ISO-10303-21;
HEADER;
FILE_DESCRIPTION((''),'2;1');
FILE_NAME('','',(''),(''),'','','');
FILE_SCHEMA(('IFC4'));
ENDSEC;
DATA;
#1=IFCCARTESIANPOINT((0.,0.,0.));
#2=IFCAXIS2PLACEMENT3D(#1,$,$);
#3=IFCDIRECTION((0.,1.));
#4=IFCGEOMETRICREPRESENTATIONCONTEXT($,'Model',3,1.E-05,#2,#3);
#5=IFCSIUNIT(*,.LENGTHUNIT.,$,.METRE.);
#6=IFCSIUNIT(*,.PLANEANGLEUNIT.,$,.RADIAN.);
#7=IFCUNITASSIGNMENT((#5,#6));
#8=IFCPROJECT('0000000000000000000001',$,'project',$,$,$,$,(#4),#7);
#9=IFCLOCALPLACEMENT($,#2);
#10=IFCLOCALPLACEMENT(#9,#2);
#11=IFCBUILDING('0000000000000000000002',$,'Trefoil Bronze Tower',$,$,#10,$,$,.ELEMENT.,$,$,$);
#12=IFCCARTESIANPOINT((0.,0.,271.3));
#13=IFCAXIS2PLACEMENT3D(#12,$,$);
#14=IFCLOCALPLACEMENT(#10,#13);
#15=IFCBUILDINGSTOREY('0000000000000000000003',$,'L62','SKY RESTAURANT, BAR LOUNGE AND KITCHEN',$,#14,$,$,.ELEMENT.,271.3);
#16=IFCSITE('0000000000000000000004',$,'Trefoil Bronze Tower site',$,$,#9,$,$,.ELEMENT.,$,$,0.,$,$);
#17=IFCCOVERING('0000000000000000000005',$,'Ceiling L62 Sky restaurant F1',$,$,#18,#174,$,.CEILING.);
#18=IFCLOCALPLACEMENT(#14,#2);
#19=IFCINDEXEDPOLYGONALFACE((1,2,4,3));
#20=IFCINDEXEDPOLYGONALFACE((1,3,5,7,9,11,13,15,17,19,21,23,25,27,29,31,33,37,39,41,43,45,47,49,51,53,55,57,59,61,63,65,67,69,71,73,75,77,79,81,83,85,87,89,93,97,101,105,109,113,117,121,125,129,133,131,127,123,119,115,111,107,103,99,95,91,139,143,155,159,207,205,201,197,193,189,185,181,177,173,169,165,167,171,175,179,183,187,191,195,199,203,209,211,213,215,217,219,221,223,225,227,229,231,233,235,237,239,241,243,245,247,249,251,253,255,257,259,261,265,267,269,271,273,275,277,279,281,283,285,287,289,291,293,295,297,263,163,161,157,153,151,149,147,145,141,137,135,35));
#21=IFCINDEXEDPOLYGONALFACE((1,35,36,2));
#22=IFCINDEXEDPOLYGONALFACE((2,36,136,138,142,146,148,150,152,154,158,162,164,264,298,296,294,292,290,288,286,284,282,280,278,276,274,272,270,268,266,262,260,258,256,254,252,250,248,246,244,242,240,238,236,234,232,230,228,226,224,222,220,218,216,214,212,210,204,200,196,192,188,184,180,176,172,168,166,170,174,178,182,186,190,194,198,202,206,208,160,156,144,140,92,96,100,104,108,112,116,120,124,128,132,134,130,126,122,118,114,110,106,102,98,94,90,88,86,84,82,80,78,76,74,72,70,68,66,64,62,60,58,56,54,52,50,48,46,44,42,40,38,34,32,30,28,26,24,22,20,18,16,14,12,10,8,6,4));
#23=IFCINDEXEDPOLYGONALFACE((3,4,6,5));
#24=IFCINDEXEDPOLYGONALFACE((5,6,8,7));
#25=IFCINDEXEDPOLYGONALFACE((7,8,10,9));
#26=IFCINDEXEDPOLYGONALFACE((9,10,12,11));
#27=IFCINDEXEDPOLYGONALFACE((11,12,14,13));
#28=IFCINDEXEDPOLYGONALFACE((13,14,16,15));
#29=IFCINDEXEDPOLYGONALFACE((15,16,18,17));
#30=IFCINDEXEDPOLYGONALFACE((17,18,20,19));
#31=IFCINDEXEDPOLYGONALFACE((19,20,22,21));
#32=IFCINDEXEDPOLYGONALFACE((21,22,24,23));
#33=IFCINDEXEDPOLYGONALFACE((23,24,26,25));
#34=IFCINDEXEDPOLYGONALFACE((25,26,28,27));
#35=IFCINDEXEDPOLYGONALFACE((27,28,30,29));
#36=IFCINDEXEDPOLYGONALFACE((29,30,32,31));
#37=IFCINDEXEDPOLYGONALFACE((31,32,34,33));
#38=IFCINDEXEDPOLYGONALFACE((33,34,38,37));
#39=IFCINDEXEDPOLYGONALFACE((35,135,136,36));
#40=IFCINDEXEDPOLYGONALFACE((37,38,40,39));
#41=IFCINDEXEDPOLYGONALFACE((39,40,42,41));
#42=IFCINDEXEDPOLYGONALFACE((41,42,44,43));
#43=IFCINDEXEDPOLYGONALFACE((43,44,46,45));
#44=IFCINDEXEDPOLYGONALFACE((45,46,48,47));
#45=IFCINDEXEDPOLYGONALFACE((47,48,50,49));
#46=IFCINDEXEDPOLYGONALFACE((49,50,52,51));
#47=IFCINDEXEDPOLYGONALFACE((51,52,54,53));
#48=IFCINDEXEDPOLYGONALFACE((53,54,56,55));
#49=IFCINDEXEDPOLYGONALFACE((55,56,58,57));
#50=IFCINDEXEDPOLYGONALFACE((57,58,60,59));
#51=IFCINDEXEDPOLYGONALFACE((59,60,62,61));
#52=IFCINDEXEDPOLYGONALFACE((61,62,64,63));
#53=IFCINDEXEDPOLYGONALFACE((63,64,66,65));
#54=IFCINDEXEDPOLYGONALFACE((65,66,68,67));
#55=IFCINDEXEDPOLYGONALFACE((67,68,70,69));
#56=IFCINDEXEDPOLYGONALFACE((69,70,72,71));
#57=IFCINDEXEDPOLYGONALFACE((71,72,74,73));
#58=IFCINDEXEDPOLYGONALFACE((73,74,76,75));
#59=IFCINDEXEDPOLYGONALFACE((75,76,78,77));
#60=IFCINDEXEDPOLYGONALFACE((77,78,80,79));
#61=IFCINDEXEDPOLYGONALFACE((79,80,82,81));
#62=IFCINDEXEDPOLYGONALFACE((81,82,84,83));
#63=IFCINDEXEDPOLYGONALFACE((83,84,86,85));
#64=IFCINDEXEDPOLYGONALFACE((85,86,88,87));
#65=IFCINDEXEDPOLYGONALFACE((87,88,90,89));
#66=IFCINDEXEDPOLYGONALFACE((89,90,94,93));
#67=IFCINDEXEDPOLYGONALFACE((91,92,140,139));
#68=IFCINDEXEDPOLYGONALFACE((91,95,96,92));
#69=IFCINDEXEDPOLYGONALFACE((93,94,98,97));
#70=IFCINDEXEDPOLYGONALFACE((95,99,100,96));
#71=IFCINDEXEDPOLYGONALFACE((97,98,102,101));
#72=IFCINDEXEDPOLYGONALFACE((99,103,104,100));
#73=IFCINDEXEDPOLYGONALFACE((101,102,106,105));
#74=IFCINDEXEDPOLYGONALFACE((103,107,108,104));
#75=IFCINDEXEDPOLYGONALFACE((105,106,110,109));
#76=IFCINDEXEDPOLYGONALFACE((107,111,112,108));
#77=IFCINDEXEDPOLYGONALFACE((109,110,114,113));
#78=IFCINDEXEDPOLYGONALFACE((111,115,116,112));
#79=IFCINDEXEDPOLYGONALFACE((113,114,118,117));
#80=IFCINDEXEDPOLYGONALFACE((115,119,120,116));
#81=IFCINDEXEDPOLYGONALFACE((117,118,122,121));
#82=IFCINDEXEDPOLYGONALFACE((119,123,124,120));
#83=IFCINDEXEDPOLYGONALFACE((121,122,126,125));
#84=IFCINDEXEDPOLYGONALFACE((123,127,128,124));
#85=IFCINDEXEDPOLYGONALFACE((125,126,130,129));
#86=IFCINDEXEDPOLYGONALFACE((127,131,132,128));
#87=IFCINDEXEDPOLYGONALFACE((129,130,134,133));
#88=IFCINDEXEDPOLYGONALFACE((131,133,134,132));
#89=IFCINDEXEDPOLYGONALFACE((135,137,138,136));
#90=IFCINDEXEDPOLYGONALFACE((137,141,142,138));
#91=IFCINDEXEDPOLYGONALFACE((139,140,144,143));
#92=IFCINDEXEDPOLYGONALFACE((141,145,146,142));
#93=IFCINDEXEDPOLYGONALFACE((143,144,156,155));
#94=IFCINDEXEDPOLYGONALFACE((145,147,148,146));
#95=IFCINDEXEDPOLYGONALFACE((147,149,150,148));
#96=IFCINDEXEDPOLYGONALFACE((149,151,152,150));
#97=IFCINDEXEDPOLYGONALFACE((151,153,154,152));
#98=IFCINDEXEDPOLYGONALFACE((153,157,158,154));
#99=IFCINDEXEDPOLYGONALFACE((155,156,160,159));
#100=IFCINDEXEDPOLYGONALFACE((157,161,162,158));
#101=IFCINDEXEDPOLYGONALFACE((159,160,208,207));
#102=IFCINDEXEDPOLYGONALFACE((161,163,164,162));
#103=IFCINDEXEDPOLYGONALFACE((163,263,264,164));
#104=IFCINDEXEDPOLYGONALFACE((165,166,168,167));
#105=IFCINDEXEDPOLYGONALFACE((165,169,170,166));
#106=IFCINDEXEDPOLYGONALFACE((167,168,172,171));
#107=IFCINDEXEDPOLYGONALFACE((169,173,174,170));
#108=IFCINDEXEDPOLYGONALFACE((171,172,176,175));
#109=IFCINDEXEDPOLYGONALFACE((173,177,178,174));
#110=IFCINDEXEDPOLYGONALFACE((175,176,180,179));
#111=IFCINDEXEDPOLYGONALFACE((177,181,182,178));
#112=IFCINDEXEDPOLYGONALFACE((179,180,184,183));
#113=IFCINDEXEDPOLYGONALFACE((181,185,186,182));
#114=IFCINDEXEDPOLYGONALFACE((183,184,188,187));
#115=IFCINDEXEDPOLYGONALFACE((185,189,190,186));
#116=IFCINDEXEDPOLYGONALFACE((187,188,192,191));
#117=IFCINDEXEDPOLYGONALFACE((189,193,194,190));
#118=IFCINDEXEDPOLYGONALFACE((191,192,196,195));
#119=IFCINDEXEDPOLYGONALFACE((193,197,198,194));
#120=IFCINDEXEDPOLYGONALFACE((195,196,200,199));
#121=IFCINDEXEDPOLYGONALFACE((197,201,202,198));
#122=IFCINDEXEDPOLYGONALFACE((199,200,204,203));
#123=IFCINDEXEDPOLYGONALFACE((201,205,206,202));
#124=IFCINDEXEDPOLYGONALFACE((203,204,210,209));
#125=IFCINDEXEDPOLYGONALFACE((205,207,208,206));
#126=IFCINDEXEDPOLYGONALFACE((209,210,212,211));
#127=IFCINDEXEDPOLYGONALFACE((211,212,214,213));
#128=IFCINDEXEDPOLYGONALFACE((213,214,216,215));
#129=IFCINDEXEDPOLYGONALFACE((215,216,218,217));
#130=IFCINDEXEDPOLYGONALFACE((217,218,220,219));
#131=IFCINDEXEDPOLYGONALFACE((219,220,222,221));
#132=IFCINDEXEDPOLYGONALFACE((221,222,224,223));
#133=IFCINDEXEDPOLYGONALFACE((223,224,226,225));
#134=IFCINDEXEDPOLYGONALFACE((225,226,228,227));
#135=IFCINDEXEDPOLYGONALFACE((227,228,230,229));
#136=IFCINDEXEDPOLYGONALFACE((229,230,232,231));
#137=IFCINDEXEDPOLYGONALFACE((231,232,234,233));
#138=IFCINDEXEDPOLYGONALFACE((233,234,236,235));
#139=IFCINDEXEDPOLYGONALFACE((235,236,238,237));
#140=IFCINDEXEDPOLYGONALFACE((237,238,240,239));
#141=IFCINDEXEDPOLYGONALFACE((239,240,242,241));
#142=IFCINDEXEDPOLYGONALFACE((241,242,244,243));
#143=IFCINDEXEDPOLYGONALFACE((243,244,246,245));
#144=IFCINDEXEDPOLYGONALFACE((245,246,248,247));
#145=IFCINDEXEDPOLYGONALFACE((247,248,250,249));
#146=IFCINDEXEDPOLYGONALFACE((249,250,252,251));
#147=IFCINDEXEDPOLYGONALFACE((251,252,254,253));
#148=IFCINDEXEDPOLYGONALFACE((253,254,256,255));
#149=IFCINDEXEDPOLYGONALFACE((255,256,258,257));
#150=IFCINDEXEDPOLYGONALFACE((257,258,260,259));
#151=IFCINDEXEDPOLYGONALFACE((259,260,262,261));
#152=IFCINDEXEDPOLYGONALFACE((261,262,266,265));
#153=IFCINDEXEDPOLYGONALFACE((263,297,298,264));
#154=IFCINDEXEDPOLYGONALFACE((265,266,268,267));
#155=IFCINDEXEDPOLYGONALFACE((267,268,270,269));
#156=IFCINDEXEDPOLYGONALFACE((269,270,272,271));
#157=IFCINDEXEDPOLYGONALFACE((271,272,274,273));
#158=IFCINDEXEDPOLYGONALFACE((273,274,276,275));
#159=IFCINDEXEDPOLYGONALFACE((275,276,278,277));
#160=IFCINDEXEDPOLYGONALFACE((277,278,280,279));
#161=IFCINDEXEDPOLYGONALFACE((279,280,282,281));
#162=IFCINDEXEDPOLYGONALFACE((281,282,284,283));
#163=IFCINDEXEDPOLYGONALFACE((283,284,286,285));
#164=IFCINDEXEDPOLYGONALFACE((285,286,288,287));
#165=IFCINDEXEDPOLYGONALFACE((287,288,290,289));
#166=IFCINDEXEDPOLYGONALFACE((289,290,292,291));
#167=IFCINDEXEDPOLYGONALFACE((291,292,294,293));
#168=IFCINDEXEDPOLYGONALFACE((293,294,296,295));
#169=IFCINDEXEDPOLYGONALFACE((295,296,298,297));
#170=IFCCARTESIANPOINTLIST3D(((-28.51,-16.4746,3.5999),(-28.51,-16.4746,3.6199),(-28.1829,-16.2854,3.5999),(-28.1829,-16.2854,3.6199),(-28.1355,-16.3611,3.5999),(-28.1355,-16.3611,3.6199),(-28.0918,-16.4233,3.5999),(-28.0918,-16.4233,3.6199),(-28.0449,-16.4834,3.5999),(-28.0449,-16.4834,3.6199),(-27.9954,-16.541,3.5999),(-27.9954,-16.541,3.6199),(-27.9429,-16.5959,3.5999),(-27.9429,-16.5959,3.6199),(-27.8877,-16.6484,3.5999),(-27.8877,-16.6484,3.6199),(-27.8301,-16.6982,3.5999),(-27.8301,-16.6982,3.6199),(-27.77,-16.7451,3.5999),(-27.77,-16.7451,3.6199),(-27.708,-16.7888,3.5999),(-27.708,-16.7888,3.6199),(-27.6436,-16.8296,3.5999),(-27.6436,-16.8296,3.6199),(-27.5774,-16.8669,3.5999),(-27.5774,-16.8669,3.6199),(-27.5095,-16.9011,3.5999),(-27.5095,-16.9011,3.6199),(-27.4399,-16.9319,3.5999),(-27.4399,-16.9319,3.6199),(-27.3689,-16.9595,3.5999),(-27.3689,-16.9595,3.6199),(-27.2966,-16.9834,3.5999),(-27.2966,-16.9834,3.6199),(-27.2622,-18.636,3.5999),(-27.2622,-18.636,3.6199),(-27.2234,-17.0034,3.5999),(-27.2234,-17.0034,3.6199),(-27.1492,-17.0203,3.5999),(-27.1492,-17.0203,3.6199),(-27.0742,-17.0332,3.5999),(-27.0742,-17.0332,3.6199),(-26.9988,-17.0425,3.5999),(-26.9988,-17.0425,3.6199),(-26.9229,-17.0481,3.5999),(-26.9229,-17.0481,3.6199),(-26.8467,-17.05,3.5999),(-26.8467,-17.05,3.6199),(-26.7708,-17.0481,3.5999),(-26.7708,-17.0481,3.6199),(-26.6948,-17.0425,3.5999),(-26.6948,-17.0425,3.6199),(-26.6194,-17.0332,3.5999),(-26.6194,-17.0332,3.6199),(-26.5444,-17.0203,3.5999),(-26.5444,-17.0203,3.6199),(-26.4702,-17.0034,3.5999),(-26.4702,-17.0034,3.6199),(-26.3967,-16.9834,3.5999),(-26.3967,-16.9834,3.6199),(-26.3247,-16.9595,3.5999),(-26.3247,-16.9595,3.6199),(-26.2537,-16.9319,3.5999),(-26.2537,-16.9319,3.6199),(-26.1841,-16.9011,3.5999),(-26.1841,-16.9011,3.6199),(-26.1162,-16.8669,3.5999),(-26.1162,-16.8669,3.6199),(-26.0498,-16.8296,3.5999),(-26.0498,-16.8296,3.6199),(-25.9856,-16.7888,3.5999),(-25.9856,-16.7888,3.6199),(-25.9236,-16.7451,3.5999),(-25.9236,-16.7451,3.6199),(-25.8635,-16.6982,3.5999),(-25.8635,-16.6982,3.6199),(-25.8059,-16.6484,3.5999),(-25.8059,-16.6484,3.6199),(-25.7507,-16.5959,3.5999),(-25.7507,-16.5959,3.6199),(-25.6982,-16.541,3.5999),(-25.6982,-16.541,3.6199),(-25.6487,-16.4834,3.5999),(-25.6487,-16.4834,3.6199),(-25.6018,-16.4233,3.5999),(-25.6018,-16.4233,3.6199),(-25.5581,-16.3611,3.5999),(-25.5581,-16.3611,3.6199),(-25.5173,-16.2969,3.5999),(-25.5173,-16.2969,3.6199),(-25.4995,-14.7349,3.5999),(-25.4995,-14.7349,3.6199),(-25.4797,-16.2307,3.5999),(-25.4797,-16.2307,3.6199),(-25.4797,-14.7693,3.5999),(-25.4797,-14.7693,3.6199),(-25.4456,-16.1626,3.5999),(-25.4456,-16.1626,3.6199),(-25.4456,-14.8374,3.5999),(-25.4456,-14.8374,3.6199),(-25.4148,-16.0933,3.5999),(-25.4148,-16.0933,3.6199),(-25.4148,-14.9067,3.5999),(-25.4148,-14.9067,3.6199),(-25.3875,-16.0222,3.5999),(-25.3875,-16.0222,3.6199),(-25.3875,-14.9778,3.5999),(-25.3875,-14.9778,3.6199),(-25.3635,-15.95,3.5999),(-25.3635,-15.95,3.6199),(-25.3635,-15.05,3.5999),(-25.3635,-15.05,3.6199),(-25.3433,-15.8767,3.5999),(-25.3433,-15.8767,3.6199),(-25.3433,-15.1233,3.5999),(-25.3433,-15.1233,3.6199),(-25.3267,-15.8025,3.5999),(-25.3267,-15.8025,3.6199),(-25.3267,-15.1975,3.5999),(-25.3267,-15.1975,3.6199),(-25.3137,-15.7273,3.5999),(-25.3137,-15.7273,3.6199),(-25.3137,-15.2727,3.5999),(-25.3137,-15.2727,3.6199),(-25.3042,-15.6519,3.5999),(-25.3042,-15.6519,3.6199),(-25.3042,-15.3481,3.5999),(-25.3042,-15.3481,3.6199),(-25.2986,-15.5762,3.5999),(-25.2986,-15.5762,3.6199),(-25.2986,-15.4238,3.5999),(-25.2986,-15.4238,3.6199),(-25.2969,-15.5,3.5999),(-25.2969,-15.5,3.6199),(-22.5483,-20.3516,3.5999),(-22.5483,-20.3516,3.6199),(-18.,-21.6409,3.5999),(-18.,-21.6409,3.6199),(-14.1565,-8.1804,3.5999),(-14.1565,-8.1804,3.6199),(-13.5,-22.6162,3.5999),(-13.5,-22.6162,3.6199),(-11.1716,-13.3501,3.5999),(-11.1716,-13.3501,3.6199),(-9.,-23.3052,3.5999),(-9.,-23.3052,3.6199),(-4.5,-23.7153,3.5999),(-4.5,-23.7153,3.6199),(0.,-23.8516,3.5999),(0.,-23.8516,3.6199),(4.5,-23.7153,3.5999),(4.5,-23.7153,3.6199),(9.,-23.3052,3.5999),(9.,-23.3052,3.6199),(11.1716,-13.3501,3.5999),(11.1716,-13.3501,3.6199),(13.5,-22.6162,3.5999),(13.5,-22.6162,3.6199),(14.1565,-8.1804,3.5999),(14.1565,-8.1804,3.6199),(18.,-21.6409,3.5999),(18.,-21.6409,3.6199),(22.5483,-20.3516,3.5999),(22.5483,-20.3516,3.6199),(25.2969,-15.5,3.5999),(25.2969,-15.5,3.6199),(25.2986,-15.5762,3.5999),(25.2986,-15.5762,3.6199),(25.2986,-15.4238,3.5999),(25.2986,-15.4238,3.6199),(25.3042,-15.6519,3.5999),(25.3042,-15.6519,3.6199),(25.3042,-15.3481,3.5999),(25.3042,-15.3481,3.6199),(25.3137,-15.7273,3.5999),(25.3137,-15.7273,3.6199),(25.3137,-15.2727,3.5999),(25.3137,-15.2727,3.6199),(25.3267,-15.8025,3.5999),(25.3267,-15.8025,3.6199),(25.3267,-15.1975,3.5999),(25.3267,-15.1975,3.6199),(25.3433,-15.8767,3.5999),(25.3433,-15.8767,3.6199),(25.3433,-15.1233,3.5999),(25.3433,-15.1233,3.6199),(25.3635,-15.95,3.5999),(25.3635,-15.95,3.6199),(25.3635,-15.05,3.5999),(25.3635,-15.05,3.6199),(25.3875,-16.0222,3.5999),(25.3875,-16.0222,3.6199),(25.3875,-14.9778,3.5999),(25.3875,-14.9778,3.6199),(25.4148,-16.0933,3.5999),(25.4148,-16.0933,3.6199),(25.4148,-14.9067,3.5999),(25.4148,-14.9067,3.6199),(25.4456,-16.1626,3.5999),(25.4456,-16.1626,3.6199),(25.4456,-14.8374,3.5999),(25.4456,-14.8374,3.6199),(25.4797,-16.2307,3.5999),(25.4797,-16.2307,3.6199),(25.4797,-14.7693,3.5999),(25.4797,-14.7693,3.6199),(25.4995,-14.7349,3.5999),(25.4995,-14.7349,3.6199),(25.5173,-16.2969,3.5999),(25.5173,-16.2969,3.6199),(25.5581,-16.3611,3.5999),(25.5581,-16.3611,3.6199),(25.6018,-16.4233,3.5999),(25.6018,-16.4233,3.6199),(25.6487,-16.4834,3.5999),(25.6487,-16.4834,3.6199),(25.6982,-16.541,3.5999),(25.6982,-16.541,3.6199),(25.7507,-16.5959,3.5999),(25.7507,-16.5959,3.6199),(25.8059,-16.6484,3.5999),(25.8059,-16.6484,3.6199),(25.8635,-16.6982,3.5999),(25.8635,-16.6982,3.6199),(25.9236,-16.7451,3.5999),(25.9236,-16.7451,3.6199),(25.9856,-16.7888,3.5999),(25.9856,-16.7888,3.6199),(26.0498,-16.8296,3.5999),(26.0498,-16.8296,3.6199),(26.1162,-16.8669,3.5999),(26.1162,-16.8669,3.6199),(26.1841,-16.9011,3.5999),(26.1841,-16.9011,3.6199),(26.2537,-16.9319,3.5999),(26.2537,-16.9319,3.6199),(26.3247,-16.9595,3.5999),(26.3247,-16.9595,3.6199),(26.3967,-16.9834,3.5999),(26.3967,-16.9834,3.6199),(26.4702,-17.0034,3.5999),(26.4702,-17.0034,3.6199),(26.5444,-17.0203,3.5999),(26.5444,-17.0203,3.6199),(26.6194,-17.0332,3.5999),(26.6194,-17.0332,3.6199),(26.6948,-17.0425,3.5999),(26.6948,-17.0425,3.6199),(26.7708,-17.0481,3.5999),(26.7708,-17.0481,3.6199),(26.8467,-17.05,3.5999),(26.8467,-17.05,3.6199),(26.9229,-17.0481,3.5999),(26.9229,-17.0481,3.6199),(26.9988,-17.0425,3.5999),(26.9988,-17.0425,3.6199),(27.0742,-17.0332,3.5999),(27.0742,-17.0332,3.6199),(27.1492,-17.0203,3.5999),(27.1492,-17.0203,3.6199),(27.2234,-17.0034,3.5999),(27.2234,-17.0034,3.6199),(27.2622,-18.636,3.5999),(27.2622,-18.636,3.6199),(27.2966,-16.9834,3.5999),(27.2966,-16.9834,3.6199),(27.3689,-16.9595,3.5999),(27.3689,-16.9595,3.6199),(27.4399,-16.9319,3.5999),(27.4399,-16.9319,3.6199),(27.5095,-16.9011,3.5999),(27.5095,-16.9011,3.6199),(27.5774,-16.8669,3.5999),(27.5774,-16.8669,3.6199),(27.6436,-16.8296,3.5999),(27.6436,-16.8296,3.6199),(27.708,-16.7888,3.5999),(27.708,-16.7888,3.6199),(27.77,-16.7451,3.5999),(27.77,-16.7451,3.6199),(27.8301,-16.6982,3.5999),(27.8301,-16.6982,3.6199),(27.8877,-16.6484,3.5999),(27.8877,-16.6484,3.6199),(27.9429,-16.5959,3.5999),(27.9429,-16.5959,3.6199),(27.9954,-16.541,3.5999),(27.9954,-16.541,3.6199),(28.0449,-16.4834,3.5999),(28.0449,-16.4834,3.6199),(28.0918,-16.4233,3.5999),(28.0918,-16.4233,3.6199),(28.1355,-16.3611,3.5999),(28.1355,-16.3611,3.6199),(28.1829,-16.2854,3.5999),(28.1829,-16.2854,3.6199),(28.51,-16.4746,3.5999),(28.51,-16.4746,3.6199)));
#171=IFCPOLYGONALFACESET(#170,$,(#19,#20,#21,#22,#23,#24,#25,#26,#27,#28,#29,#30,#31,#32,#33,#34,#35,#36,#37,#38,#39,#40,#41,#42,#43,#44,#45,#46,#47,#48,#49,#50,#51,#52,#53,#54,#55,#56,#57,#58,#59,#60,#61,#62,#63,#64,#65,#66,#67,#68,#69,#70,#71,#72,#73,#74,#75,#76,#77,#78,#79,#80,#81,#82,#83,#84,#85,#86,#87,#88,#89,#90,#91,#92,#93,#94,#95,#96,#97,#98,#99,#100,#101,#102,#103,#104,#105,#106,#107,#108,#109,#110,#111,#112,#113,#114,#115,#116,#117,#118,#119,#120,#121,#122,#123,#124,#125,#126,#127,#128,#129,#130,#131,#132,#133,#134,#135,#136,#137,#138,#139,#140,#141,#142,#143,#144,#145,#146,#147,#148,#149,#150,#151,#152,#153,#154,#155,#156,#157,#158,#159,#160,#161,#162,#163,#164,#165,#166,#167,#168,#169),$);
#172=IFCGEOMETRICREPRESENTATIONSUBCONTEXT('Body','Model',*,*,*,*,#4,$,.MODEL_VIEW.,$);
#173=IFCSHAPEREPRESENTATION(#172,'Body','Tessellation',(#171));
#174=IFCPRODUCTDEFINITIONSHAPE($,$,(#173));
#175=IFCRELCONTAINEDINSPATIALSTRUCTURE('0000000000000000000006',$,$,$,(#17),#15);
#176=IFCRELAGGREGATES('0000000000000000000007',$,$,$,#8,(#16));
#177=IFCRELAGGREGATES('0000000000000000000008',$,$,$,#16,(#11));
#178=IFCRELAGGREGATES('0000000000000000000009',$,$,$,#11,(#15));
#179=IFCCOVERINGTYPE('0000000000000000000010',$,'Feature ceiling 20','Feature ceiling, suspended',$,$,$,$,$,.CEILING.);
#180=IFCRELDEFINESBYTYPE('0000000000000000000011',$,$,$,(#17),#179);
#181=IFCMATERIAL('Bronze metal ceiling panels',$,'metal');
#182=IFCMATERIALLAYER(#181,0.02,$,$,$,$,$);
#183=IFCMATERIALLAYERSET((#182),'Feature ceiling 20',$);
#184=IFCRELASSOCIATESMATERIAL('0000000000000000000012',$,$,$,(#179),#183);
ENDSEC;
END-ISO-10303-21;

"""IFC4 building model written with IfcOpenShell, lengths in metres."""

from ifc_helpers import new_model, si_unit, direction, frame, origin, place, context, subcontext, project, spatial, polyline, outline, extrude, material, layer, layer_set, type_object, element, save


model = new_model("IFC4")

# Units and contexts
model_context = context("Model", 3, precision=1e-05, world=origin(), true_north=direction((0.0, 1.0)))
body_context = subcontext(model_context, "Body", "Model", "MODEL_VIEW")
ifc_project = project(units=[si_unit("LENGTHUNIT", "METRE"), si_unit("PLANEANGLEUNIT", "RADIAN")], contexts=[model_context])

# Site, building, storey
site_placement = place(None, origin())
site = spatial("IfcSite", under=ifc_project, at=site_placement, Name="Trefoil Bronze Tower site", CompositionType="ELEMENT", RefElevation=0.0)
building_placement = place(site_placement, origin())
building = spatial("IfcBuilding", under=site, at=building_placement, Name="Trefoil Bronze Tower", CompositionType="ELEMENT")
storey_placement = place(building_placement, frame((0.0, 0.0, 271.3)))
storey = spatial("IfcBuildingStorey", under=building, at=storey_placement, Name="L62", Description="SKY RESTAURANT, BAR LOUNGE AND KITCHEN", CompositionType="ELEMENT", Elevation=271.3)

# Covering
ifc_material_1 = material(Name="Bronze metal ceiling panels", Category="metal")
ifc_layer_1 = layer(ifc_material_1, 0.02)
ifc_layer_set_1 = layer_set([ifc_layer_1], Name="Feature ceiling 20")
covering_type = type_object("IfcCoveringType", Name="Feature ceiling 20", Description="Feature ceiling, suspended", PredefinedType="CEILING", material=ifc_layer_set_1)
covering_placement = place(storey_placement, frame((0.0, 0.0, 3.5999)))
element("IfcCovering", 1, at=covering_placement, inside=storey, type_object=covering_type, Name="Ceiling L62 Sky restaurant F1", PredefinedType="CEILING", context=body_context, shape_type="SweptSolid", body=[
    extrude(outline(polyline([(-28.1355, -16.3611), (-28.0918, -16.4233), (-28.0449, -16.4834), (-27.9954, -16.541), (-27.9429, -16.5959), (-27.8877, -16.6484), (-27.8301, -16.6982), (-27.77, -16.7451), (-27.708, -16.7888), (-27.6436, -16.8296), (-27.5774, -16.8669), (-27.5095, -16.9011), (-27.4399, -16.9319), (-27.3689, -16.9595), (-27.2966, -16.9834), (-27.2234, -17.0034), (-27.1492, -17.0203), (-27.0742, -17.0332), (-26.9988, -17.0425), (-26.9229, -17.0481), (-26.8467, -17.05), (-26.7708, -17.0481), (-26.6948, -17.0425), (-26.6194, -17.0332), (-26.5444, -17.0203), (-26.4702, -17.0034), (-26.3967, -16.9834), (-26.3247, -16.9595), (-26.2537, -16.9319), (-26.1841, -16.9011), (-26.1162, -16.8669), (-26.0498, -16.8296), (-25.9856, -16.7888), (-25.9236, -16.7451), (-25.8635, -16.6982), (-25.8059, -16.6484), (-25.7507, -16.5959), (-25.6982, -16.541), (-25.6487, -16.4834), (-25.6018, -16.4233), (-25.5581, -16.3611), (-25.5173, -16.2969), (-25.4797, -16.2307), (-25.4456, -16.1626), (-25.4148, -16.0933), (-25.3875, -16.0222), (-25.3635, -15.95), (-25.3433, -15.8767), (-25.3267, -15.8025), (-25.3137, -15.7273), (-25.3042, -15.6519), (-25.2986, -15.5762), (-25.2969, -15.5), (-25.2986, -15.4238), (-25.3042, -15.3481), (-25.3137, -15.2727), (-25.3267, -15.1975), (-25.3433, -15.1233), (-25.3635, -15.05), (-25.3875, -14.9778), (-25.4148, -14.9067), (-25.4456, -14.8374), (-25.4797, -14.7693), (-25.4995, -14.7349), (-14.1565, -8.1804), (-11.1716, -13.3501), (11.1716, -13.3501), (14.1565, -8.1804), (25.4995, -14.7349), (25.4797, -14.7693), (25.4456, -14.8374), (25.4148, -14.9067), (25.3875, -14.9778), (25.3635, -15.05), (25.3433, -15.1233), (25.3267, -15.1975), (25.3137, -15.2727), (25.3042, -15.3481), (25.2986, -15.4238), (25.2969, -15.5), (25.2986, -15.5762), (25.3042, -15.6519), (25.3137, -15.7273), (25.3267, -15.8025), (25.3433, -15.8767), (25.3635, -15.95), (25.3875, -16.0222), (25.4148, -16.0933), (25.4456, -16.1626), (25.4797, -16.2307), (25.5173, -16.2969), (25.5581, -16.3611), (25.6018, -16.4233), (25.6487, -16.4834), (25.6982, -16.541), (25.7507, -16.5959), (25.8059, -16.6484), (25.8635, -16.6982), (25.9236, -16.7451), (25.9856, -16.7888), (26.0498, -16.8296), (26.1162, -16.8669), (26.1841, -16.9011), (26.2537, -16.9319), (26.3247, -16.9595), (26.3967, -16.9834), (26.4702, -17.0034), (26.5444, -17.0203), (26.6194, -17.0332), (26.6948, -17.0425), (26.7708, -17.0481), (26.8467, -17.05), (26.9229, -17.0481), (26.9988, -17.0425), (27.0742, -17.0332), (27.1492, -17.0203), (27.2234, -17.0034), (27.2966, -16.9834), (27.3689, -16.9595), (27.4399, -16.9319), (27.5095, -16.9011), (27.5774, -16.8669), (27.6436, -16.8296), (27.708, -16.7888), (27.77, -16.7451), (27.8301, -16.6982), (27.8877, -16.6484), (27.9429, -16.5959), (27.9954, -16.541), (28.0449, -16.4834), (28.0918, -16.4233), (28.1355, -16.3611), (28.1829, -16.2854), (28.51, -16.4746), (27.2622, -18.636), (22.5483, -20.3516), (18.0, -21.6409), (13.5, -22.6162), (9.0, -23.3052), (4.5, -23.7153), (0.0, -23.8516), (-4.5, -23.7153), (-9.0, -23.3052), (-13.5, -22.6162), (-18.0, -21.6409), (-22.5483, -20.3516), (-27.2622, -18.636), (-28.51, -16.4746), (-28.1829, -16.2854), (-28.1355, -16.3611)])), origin(), (0.0, 0.0, 1.0), 0.02),
])

save(model, "model.ifc")
